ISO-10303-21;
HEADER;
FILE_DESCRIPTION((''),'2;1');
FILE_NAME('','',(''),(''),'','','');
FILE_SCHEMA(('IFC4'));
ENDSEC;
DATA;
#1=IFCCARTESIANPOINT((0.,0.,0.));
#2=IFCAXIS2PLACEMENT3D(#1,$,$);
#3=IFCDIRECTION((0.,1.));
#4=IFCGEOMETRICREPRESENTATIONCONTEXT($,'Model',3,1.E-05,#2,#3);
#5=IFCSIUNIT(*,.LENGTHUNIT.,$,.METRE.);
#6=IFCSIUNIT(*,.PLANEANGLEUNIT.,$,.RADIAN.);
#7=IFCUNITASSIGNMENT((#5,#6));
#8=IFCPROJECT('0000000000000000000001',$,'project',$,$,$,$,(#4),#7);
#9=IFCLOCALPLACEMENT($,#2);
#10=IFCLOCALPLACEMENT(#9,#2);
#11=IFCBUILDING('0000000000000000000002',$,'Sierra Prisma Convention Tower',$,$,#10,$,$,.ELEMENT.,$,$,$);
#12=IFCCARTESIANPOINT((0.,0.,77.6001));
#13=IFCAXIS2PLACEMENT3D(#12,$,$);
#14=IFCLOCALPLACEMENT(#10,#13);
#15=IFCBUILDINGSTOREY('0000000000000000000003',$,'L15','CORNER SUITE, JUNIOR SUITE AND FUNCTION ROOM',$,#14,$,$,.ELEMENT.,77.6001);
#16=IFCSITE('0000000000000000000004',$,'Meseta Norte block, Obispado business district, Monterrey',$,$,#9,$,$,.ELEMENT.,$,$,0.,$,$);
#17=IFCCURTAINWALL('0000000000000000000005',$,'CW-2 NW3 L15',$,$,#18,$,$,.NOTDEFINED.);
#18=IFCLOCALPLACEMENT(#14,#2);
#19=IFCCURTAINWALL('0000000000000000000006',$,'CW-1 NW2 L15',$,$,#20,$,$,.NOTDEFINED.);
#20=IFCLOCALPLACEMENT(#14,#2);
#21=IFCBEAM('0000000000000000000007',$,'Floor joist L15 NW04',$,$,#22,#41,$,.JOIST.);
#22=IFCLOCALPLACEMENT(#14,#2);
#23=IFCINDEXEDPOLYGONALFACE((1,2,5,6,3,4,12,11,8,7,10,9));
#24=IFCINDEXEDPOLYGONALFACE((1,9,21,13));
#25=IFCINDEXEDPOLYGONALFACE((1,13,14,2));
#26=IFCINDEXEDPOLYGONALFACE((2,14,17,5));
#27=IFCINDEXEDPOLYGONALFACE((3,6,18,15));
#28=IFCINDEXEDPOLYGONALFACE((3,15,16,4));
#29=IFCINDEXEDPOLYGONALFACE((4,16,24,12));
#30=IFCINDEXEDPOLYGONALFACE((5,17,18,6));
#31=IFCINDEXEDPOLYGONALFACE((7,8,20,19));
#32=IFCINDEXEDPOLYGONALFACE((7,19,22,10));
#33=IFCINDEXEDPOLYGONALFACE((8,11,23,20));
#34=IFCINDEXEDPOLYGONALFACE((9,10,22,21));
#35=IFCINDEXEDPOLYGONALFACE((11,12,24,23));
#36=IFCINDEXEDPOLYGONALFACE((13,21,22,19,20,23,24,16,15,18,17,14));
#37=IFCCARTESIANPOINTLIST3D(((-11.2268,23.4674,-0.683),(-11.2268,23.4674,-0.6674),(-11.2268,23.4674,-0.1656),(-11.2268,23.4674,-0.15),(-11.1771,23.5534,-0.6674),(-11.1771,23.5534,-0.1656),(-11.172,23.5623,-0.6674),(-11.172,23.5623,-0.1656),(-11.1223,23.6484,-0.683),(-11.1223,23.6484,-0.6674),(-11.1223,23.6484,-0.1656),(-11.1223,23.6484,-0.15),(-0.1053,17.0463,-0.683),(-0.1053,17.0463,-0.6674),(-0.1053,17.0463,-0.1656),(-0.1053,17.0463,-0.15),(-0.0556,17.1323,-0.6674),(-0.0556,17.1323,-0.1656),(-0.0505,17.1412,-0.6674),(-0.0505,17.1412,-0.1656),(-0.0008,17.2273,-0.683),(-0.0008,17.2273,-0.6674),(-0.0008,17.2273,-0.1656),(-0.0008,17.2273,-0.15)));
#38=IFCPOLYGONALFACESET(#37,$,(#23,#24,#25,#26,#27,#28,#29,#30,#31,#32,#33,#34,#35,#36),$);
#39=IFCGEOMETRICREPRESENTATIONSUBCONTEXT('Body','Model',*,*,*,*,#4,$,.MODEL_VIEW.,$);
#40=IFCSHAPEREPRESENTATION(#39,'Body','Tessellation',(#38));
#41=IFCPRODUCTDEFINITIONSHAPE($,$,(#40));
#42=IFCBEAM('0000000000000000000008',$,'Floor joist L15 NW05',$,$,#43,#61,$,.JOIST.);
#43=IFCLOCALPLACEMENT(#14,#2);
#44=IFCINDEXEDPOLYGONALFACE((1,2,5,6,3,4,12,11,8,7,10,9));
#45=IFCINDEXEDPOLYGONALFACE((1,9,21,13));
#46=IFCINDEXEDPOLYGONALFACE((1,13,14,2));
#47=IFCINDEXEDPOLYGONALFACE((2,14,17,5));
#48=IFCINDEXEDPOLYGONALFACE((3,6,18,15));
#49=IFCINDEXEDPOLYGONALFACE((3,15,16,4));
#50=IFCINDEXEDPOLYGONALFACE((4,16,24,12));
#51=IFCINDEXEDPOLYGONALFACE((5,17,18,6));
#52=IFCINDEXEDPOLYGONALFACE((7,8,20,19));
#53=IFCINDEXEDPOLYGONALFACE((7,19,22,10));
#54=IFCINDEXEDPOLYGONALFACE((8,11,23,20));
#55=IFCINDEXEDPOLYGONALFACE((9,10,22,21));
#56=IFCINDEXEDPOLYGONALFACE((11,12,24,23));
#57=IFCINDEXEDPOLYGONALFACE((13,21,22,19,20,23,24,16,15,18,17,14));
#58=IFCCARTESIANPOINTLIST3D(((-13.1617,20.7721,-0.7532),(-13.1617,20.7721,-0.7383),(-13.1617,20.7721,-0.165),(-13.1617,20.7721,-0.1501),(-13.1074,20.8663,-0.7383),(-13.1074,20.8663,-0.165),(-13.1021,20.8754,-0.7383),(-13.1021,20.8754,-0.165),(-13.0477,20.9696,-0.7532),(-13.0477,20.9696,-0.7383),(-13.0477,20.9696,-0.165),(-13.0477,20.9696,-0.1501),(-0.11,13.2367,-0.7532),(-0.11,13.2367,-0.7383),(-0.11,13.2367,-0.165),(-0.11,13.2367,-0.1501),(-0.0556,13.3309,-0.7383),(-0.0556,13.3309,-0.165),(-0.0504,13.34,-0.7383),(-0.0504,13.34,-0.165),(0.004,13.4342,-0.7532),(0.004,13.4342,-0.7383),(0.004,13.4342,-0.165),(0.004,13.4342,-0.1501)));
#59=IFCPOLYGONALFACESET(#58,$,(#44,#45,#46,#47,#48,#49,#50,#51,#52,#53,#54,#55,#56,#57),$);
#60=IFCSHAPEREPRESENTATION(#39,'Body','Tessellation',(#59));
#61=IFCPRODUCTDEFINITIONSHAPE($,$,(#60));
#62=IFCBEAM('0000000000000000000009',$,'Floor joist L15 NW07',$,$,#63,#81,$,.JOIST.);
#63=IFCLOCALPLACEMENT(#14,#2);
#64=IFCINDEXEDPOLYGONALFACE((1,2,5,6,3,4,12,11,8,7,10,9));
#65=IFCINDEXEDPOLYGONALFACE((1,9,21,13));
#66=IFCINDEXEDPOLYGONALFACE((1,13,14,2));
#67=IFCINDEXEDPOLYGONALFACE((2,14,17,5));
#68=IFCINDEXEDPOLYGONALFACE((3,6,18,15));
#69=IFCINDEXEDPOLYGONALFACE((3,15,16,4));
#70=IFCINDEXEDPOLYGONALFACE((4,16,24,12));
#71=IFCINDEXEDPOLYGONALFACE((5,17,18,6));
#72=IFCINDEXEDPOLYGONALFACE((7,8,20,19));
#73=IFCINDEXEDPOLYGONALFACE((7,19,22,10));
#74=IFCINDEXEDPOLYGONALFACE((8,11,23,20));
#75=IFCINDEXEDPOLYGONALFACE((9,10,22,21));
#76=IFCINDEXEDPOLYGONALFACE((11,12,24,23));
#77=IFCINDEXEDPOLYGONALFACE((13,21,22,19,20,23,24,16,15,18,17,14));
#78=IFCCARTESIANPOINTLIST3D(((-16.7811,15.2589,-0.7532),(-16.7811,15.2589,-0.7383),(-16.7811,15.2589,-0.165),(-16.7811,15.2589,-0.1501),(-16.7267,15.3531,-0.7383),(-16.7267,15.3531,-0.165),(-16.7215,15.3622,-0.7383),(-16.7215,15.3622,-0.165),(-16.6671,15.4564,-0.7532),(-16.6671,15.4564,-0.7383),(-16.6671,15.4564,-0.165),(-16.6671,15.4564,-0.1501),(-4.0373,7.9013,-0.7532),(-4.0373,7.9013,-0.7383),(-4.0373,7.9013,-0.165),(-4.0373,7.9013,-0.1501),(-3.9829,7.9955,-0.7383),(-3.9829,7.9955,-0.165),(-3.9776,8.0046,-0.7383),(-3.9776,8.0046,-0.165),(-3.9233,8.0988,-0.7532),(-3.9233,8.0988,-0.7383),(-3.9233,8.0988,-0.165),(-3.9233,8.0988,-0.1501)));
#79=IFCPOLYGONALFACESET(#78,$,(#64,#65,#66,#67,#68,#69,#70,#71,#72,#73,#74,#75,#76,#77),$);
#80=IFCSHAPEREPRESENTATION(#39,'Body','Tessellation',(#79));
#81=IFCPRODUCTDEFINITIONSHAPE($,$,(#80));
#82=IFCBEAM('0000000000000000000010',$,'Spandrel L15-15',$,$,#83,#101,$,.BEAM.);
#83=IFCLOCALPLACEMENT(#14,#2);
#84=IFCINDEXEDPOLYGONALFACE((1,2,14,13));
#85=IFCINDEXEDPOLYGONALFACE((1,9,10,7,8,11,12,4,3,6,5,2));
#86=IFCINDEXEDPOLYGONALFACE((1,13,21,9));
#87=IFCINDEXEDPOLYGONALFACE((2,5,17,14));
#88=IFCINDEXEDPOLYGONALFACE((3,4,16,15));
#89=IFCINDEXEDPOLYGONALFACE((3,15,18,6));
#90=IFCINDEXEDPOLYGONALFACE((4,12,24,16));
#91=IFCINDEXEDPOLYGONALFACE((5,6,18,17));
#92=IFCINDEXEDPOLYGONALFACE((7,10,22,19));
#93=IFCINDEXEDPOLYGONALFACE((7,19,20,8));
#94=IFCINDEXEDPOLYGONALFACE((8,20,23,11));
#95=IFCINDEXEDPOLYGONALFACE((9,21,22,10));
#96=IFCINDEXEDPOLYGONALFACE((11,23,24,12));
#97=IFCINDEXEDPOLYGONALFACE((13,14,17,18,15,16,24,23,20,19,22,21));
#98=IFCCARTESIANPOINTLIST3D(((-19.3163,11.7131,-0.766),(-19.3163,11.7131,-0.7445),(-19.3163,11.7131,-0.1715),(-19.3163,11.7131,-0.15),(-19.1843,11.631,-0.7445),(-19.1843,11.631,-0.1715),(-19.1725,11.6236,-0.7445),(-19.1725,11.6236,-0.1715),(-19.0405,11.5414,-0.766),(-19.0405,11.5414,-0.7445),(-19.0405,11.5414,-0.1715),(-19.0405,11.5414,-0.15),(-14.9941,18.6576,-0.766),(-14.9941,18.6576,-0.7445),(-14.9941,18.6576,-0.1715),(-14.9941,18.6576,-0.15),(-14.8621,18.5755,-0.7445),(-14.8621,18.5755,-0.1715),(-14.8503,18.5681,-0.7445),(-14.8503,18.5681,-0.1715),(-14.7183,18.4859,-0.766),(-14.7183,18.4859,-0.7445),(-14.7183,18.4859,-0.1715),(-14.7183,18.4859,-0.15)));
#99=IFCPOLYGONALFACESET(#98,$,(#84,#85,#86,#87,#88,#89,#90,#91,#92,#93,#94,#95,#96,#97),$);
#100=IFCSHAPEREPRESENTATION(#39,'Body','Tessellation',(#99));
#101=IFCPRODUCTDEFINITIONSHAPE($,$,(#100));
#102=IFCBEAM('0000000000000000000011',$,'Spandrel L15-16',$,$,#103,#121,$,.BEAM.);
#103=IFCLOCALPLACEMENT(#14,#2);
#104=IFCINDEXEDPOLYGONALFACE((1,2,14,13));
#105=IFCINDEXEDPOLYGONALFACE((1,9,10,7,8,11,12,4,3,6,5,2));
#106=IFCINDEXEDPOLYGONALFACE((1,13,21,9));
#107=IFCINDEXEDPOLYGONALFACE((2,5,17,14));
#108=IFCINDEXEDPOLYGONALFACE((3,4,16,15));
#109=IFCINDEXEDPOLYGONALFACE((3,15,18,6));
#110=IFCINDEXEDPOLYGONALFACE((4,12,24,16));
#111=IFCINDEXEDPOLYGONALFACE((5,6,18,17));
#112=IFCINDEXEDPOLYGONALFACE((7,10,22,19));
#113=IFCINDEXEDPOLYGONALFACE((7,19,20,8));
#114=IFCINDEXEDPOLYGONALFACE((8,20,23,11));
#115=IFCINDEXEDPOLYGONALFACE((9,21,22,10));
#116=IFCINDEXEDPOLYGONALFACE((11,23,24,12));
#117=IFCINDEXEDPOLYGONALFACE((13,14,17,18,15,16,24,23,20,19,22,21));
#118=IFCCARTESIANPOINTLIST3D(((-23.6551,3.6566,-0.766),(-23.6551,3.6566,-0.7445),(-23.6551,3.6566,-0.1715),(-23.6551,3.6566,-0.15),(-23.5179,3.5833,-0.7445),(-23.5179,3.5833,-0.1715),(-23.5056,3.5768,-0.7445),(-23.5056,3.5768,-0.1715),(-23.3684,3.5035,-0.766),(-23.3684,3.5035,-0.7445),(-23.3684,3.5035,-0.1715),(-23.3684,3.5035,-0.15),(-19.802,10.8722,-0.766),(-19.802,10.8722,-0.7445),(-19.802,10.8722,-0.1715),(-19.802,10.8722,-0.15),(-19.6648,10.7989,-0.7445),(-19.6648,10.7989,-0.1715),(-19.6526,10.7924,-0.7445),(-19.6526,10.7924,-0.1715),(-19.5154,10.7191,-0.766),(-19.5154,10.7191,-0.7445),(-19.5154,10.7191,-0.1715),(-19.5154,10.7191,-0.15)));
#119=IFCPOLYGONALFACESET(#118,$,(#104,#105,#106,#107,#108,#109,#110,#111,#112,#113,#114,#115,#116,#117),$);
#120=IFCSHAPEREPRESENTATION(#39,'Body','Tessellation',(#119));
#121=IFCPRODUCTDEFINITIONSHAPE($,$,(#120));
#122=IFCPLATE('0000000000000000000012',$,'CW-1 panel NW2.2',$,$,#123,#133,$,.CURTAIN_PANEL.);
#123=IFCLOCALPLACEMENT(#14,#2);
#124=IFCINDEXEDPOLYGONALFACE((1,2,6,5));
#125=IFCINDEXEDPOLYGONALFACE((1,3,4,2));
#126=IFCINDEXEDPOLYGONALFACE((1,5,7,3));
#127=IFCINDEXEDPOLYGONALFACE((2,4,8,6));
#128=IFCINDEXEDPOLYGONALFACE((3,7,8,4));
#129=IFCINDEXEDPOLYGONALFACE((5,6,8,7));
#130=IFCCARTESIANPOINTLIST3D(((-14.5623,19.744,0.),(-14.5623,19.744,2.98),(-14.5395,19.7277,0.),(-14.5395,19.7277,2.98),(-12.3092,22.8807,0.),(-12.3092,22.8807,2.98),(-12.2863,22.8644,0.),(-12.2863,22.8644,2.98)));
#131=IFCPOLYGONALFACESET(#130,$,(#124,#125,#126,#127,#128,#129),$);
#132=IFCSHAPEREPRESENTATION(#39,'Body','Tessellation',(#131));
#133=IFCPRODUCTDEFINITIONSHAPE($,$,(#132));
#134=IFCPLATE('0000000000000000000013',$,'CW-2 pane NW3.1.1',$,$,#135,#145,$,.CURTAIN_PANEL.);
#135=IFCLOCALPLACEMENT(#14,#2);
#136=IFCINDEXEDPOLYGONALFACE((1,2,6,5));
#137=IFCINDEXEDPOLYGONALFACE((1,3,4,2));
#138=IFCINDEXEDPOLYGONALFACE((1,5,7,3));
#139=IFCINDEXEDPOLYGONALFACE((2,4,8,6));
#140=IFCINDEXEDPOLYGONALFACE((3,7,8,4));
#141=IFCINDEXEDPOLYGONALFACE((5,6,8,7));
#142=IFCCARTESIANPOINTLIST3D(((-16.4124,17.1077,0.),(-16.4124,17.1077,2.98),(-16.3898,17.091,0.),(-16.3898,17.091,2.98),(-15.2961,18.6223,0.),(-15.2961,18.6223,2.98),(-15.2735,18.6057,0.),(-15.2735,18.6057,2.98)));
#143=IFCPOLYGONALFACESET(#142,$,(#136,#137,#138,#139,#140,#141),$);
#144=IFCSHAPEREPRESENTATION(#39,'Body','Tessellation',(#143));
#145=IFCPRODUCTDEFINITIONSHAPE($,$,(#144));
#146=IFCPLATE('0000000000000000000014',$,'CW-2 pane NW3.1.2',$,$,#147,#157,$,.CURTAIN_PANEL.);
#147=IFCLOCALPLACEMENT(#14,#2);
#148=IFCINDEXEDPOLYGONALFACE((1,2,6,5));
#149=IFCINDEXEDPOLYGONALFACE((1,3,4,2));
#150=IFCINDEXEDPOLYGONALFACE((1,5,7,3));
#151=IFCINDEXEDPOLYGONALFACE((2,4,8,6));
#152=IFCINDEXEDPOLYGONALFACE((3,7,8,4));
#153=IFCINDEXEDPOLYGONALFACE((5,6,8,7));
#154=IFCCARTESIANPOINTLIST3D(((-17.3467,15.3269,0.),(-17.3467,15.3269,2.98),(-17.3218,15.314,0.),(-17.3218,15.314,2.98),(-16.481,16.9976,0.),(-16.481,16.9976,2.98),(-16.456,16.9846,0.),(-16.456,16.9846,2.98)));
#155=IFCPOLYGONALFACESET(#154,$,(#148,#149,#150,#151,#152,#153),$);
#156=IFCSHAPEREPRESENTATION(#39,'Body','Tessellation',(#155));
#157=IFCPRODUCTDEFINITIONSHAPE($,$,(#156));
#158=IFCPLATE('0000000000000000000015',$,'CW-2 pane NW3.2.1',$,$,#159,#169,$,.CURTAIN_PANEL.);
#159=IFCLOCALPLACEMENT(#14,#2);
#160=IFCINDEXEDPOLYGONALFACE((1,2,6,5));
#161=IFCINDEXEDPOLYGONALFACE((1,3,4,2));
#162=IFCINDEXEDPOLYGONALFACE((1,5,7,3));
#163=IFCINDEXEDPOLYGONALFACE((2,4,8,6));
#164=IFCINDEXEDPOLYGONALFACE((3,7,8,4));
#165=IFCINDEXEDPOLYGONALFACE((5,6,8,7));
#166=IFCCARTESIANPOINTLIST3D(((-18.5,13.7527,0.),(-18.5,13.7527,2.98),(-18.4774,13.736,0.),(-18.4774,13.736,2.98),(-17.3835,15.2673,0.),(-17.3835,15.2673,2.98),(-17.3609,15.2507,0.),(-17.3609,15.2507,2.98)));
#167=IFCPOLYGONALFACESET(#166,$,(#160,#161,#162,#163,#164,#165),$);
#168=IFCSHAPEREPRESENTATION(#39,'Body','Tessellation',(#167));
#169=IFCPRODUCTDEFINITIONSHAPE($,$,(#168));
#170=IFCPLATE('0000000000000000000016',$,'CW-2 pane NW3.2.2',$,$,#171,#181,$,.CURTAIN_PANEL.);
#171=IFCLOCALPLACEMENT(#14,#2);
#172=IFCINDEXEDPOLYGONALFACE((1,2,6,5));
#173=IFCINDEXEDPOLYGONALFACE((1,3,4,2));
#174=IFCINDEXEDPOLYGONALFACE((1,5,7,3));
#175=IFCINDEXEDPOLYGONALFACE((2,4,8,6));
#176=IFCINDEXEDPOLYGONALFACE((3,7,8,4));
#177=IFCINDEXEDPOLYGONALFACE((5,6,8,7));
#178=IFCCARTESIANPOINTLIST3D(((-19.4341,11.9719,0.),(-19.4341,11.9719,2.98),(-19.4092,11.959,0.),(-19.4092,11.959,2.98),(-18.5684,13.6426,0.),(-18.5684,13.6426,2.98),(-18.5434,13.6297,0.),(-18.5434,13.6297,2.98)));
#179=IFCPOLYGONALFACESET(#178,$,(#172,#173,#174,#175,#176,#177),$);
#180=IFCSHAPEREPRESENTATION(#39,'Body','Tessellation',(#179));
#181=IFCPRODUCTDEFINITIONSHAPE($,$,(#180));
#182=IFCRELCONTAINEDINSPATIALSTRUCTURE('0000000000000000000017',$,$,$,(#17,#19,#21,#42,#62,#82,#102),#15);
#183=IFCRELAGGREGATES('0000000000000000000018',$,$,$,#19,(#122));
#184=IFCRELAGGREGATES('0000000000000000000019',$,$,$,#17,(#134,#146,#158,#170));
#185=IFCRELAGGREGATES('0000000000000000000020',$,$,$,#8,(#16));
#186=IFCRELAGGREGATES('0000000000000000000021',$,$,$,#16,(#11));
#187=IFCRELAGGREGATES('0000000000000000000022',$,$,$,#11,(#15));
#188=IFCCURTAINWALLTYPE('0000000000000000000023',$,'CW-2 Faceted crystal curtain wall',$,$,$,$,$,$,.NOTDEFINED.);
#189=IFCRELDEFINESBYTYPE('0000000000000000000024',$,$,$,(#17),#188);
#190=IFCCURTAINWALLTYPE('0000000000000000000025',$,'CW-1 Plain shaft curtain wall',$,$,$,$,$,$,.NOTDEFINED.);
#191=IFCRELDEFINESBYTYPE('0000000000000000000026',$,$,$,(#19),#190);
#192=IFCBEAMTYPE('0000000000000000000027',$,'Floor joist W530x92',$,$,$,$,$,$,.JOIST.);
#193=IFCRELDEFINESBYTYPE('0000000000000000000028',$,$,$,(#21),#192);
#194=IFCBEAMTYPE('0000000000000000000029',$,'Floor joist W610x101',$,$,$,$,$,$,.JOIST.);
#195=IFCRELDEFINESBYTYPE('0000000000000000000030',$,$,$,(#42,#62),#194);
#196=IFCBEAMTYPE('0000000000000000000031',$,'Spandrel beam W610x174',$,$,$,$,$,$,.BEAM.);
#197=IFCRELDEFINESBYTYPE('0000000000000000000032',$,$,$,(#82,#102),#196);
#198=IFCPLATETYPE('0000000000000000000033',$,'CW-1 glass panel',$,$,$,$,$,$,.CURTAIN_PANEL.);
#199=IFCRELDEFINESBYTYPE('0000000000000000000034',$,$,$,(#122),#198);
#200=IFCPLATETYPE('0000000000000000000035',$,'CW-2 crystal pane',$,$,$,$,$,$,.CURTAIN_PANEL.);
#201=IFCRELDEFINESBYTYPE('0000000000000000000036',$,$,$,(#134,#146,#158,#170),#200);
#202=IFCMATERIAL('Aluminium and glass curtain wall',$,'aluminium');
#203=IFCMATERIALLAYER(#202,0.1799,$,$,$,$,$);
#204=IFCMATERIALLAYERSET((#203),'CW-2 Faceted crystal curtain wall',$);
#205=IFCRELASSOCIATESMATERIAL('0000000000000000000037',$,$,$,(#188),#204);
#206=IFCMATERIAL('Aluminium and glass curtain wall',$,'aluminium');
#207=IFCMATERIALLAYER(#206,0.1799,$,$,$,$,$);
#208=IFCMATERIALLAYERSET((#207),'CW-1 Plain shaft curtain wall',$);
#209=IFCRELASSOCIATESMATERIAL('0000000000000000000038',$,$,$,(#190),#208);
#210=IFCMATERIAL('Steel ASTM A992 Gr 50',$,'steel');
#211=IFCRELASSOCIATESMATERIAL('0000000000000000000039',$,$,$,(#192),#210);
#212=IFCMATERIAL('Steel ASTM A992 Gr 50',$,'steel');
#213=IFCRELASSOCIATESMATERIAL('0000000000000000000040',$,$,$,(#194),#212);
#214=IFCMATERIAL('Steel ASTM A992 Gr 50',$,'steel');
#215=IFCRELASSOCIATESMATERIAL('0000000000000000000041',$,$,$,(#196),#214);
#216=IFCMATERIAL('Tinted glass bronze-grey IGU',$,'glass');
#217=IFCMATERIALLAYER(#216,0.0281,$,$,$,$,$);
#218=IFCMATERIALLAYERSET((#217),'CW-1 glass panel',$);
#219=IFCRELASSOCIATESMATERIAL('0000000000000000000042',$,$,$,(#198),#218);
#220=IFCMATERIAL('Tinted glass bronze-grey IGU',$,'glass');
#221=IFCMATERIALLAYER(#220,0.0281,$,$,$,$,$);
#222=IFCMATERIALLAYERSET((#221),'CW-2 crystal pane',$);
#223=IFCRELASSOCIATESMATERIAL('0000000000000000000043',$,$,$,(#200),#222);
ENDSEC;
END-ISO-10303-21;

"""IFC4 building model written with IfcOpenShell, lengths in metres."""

from ifc_helpers import new_model, si_unit, direction, frame, origin, origin_2d, place, context, subcontext, project, spatial, polyline, rectangle, i_section, outline, extrude, material, layer, layer_set, material_profile, profile_set, type_object, element, aggregate, save


model = new_model("IFC4")

# Units and contexts
model_context = context("Model", 3, precision=1e-05, world=origin(), true_north=direction((0.0, 1.0)))
body_context = subcontext(model_context, "Body", "Model", "MODEL_VIEW")
ifc_project = project(units=[si_unit("LENGTHUNIT", "METRE"), si_unit("PLANEANGLEUNIT", "RADIAN")], contexts=[model_context])

# Site, building, storey
site_placement = place(None, origin())
site = spatial("IfcSite", under=ifc_project, at=site_placement, Name="Meseta Norte block, Obispado business district, Monterrey", CompositionType="ELEMENT", RefElevation=0.0)
building_placement = place(site_placement, origin())
building = spatial("IfcBuilding", under=site, at=building_placement, Name="Sierra Prisma Convention Tower", CompositionType="ELEMENT")
storey_placement = place(building_placement, frame((0.0, 0.0, 77.6001)))
storey = spatial("IfcBuildingStorey", under=building, at=storey_placement, Name="L15", Description="CORNER SUITE, JUNIOR SUITE AND FUNCTION ROOM", CompositionType="ELEMENT", Elevation=77.6001)

# Curtain wall
ifc_material_1 = material(Name="Aluminium and glass curtain wall", Category="aluminium")
ifc_layer_1 = layer(ifc_material_1, 0.1799)
ifc_layer_set_1 = layer_set([ifc_layer_1], Name="CW-2 Faceted crystal curtain wall")
curtain_wall_type_1 = type_object("IfcCurtainWallType", Name="CW-2 Faceted crystal curtain wall", PredefinedType="NOTDEFINED", material=ifc_layer_set_1)
curtain_wall_1_placement = place(storey_placement, origin())
curtain_wall_1 = element("IfcCurtainWall", 1, at=curtain_wall_1_placement, inside=storey, type_object=curtain_wall_type_1, Name="CW-2 NW3 L15", PredefinedType="NOTDEFINED")

# Curtain wall
ifc_material_2 = material(Name="Aluminium and glass curtain wall", Category="aluminium")
ifc_layer_2 = layer(ifc_material_2, 0.1799)
ifc_layer_set_2 = layer_set([ifc_layer_2], Name="CW-1 Plain shaft curtain wall")
curtain_wall_type_2 = type_object("IfcCurtainWallType", Name="CW-1 Plain shaft curtain wall", PredefinedType="NOTDEFINED", material=ifc_layer_set_2)
curtain_wall_2_placement = place(storey_placement, origin())
curtain_wall_2 = element("IfcCurtainWall", 2, at=curtain_wall_2_placement, inside=storey, type_object=curtain_wall_type_2, Name="CW-1 NW2 L15", PredefinedType="NOTDEFINED")

# Beams
ifc_material_3 = material(Name="Steel ASTM A992 Gr 50", Category="steel")
ifc_material_profile_1 = material_profile(ifc_material_3, i_section(OverallWidth=0.209, OverallDepth=0.533, WebThickness=0.0103, FlangeThickness=0.0156, at=origin_2d()), Name="W530x92")
ifc_profile_set_1 = profile_set([ifc_material_profile_1], Name="Steel ASTM A992 Gr 50")
beam_type_1 = type_object("IfcBeamType", Name="Floor joist W530x92", PredefinedType="JOIST", material=ifc_profile_set_1)
beam_1_placement = place(storey_placement, frame((-11.1746, 23.5579, -0.4165), z_axis=(0.866022, -0.500006, 0.0), x_axis=(0.500006, 0.866022, 0.0)))
element("IfcBeam", 3, at=beam_1_placement, inside=storey, type_object=beam_type_1, Name="Floor joist L15 NW04", PredefinedType="JOIST", context=body_context, shape_type="SweptSolid", body=[
    extrude(i_section(OverallWidth=0.209, OverallDepth=0.533, WebThickness=0.0103, FlangeThickness=0.0156, at=origin_2d()), origin(), (0.0, 0.0, 1.0), 12.842),
])
ifc_material_4 = material(Name="Steel ASTM A992 Gr 50", Category="steel")
ifc_material_profile_2 = material_profile(ifc_material_4, i_section(OverallWidth=0.228, OverallDepth=0.603, WebThickness=0.0105, FlangeThickness=0.0149, at=origin_2d()), Name="W610x101")
ifc_profile_set_2 = profile_set([ifc_material_profile_2], Name="Steel ASTM A992 Gr 50")
beam_type_2 = type_object("IfcBeamType", Name="Floor joist W610x101", PredefinedType="JOIST", material=ifc_profile_set_2)
beam_2_placement = place(storey_placement, frame((-13.1047, 20.8708, -0.4517), z_axis=(0.866026, -0.499998, 0.0), x_axis=(0.499998, 0.866026, 0.0)))
element("IfcBeam", 4, at=beam_2_placement, inside=storey, type_object=beam_type_2, Name="Floor joist L15 NW05", PredefinedType="JOIST", context=body_context, shape_type="SweptSolid", body=[
    extrude(i_section(OverallWidth=0.228, OverallDepth=0.603, WebThickness=0.0105, FlangeThickness=0.0149, at=origin_2d()), origin(), (0.0, 0.0, 1.0), 15.0708),
])
beam_3_placement = place(storey_placement, frame((-16.7241, 15.3577, -0.4517), z_axis=(0.866026, -0.499999, 0.0), x_axis=(0.499999, 0.866026, 0.0)))
element("IfcBeam", 5, at=beam_3_placement, inside=storey, type_object=beam_type_2, Name="Floor joist L15 NW07", PredefinedType="JOIST", context=body_context, shape_type="SweptSolid", body=[
    extrude(i_section(OverallWidth=0.228, OverallDepth=0.603, WebThickness=0.0105, FlangeThickness=0.0149, at=origin_2d()), origin(), (0.0, 0.0, 1.0), 14.7153),
])
ifc_material_5 = material(Name="Steel ASTM A992 Gr 50", Category="steel")
ifc_material_profile_3 = material_profile(ifc_material_5, i_section(OverallWidth=0.325, OverallDepth=0.616, WebThickness=0.0139, FlangeThickness=0.0215, at=origin_2d()), Name="W610x174")
ifc_profile_set_3 = profile_set([ifc_material_profile_3], Name="Steel ASTM A992 Gr 50")
beam_type_3 = type_object("IfcBeamType", Name="Spandrel beam W610x174", PredefinedType="BEAM", material=ifc_profile_set_3)
beam_4_placement = place(storey_placement, frame((-14.8562, 18.5718, -0.458), z_axis=(-0.528407, -0.848991, 0.0), x_axis=(0.848991, -0.528407, 0.0)))
element("IfcBeam", 6, at=beam_4_placement, inside=storey, type_object=beam_type_3, Name="Spandrel L15-15", PredefinedType="BEAM", context=body_context, shape_type="SweptSolid", body=[
    extrude(i_section(OverallWidth=0.325, OverallDepth=0.616, WebThickness=0.0139, FlangeThickness=0.0215, at=origin_2d()), origin(), (0.0, 0.0, 1.0), 8.1797),
])
beam_5_placement = place(storey_placement, frame((-19.6587, 10.7957, -0.458), z_axis=(-0.471037, -0.882113, 0.0), x_axis=(0.882113, -0.471037, 0.0)))
element("IfcBeam", 7, at=beam_5_placement, inside=storey, type_object=beam_type_3, Name="Spandrel L15-16", PredefinedType="BEAM", context=body_context, shape_type="SweptSolid", body=[
    extrude(i_section(OverallWidth=0.325, OverallDepth=0.616, WebThickness=0.0139, FlangeThickness=0.0215, at=origin_2d()), origin(), (0.0, 0.0, 1.0), 8.1799),
])

# Plates
ifc_material_6 = material(Name="Tinted glass bronze-grey IGU", Category="glass")
ifc_layer_3 = layer(ifc_material_6, 0.0281)
ifc_layer_set_3 = layer_set([ifc_layer_3], Name="CW-1 glass panel")
plate_type_1 = type_object("IfcPlateType", Name="CW-1 glass panel", PredefinedType="CURTAIN_PANEL", material=ifc_layer_set_3)
plate_1_placement = place(storey_placement, frame((-13.4243, 21.3042, 0.0), z_axis=(0.0, 0.0, 1.0), x_axis=(-0.583401, -0.812184, 0.0)))
plate_1 = element("IfcPlate", 8, at=plate_1_placement, type_object=plate_type_1, Name="CW-1 panel NW2.2", PredefinedType="CURTAIN_PANEL", context=body_context, shape_type="SweptSolid", body=[
    extrude(rectangle(XDim=3.8621, YDim=0.0281, at=origin_2d()), origin(), (0.0, 0.0, 1.0), 2.98),
])
aggregate(curtain_wall_2, [plate_1])
ifc_material_7 = material(Name="Tinted glass bronze-grey IGU", Category="glass")
ifc_layer_4 = layer(ifc_material_7, 0.0281)
ifc_layer_set_4 = layer_set([ifc_layer_4], Name="CW-2 crystal pane")
plate_type_2 = type_object("IfcPlateType", Name="CW-2 crystal pane", PredefinedType="CURTAIN_PANEL", material=ifc_layer_set_4)
plate_2_placement = place(storey_placement, frame((-15.2961, 18.6223, 0.0), z_axis=(-0.805017, 0.593252, 0.0), x_axis=(-0.593252, -0.805017, 0.0)))
plate_2 = element("IfcPlate", 9, at=plate_2_placement, type_object=plate_type_2, Name="CW-2 pane NW3.1.1", PredefinedType="CURTAIN_PANEL", context=body_context, shape_type="SweptSolid", body=[
    extrude(outline(polyline([(0.0, 0.0), (1.8815, 0.0), (1.8815, 2.98), (0.0, 2.98), (0.0, 0.0)])), origin(), (0.0, 0.0, -1.0), 0.0281),
])
plate_3_placement = place(storey_placement, frame((-17.3467, 15.3269, 0.0), z_axis=(-0.887872, 0.46009, 0.0), x_axis=(0.46009, 0.887872, 0.0)))
plate_3 = element("IfcPlate", 10, at=plate_3_placement, type_object=plate_type_2, Name="CW-2 pane NW3.1.2", PredefinedType="CURTAIN_PANEL", context=body_context, shape_type="SweptSolid", body=[
    extrude(outline(polyline([(0.0, 0.0), (1.8816, 0.0), (1.8816, -2.98), (0.0, -2.98), (0.0, 0.0)])), origin(), (0.0, 0.0, -1.0), 0.0281),
])
plate_4_placement = place(storey_placement, frame((-17.3835, 15.2673, 0.0), z_axis=(-0.804955, 0.593336, 0.0), x_axis=(-0.593336, -0.804955, 0.0)))
plate_4 = element("IfcPlate", 11, at=plate_4_placement, type_object=plate_type_2, Name="CW-2 pane NW3.2.1", PredefinedType="CURTAIN_PANEL", context=body_context, shape_type="SweptSolid", body=[
    extrude(outline(polyline([(0.0, 0.0), (1.8817, 0.0), (1.8817, 2.98), (0.0, 2.98), (0.0, 0.0)])), origin(), (0.0, 0.0, -1.0), 0.0281),
])
plate_5_placement = place(storey_placement, frame((-19.4341, 11.9719, 0.0), z_axis=(-0.887872, 0.46009, 0.0), x_axis=(0.46009, 0.887872, 0.0)))
plate_5 = element("IfcPlate", 12, at=plate_5_placement, type_object=plate_type_2, Name="CW-2 pane NW3.2.2", PredefinedType="CURTAIN_PANEL", context=body_context, shape_type="SweptSolid", body=[
    extrude(outline(polyline([(0.0, 0.0), (1.8816, 0.0), (1.8816, -2.98), (0.0, -2.98), (0.0, 0.0)])), origin(), (0.0, 0.0, -1.0), 0.0281),
])
aggregate(curtain_wall_1, [plate_2, plate_3, plate_4, plate_5])

save(model, "model.ifc")
